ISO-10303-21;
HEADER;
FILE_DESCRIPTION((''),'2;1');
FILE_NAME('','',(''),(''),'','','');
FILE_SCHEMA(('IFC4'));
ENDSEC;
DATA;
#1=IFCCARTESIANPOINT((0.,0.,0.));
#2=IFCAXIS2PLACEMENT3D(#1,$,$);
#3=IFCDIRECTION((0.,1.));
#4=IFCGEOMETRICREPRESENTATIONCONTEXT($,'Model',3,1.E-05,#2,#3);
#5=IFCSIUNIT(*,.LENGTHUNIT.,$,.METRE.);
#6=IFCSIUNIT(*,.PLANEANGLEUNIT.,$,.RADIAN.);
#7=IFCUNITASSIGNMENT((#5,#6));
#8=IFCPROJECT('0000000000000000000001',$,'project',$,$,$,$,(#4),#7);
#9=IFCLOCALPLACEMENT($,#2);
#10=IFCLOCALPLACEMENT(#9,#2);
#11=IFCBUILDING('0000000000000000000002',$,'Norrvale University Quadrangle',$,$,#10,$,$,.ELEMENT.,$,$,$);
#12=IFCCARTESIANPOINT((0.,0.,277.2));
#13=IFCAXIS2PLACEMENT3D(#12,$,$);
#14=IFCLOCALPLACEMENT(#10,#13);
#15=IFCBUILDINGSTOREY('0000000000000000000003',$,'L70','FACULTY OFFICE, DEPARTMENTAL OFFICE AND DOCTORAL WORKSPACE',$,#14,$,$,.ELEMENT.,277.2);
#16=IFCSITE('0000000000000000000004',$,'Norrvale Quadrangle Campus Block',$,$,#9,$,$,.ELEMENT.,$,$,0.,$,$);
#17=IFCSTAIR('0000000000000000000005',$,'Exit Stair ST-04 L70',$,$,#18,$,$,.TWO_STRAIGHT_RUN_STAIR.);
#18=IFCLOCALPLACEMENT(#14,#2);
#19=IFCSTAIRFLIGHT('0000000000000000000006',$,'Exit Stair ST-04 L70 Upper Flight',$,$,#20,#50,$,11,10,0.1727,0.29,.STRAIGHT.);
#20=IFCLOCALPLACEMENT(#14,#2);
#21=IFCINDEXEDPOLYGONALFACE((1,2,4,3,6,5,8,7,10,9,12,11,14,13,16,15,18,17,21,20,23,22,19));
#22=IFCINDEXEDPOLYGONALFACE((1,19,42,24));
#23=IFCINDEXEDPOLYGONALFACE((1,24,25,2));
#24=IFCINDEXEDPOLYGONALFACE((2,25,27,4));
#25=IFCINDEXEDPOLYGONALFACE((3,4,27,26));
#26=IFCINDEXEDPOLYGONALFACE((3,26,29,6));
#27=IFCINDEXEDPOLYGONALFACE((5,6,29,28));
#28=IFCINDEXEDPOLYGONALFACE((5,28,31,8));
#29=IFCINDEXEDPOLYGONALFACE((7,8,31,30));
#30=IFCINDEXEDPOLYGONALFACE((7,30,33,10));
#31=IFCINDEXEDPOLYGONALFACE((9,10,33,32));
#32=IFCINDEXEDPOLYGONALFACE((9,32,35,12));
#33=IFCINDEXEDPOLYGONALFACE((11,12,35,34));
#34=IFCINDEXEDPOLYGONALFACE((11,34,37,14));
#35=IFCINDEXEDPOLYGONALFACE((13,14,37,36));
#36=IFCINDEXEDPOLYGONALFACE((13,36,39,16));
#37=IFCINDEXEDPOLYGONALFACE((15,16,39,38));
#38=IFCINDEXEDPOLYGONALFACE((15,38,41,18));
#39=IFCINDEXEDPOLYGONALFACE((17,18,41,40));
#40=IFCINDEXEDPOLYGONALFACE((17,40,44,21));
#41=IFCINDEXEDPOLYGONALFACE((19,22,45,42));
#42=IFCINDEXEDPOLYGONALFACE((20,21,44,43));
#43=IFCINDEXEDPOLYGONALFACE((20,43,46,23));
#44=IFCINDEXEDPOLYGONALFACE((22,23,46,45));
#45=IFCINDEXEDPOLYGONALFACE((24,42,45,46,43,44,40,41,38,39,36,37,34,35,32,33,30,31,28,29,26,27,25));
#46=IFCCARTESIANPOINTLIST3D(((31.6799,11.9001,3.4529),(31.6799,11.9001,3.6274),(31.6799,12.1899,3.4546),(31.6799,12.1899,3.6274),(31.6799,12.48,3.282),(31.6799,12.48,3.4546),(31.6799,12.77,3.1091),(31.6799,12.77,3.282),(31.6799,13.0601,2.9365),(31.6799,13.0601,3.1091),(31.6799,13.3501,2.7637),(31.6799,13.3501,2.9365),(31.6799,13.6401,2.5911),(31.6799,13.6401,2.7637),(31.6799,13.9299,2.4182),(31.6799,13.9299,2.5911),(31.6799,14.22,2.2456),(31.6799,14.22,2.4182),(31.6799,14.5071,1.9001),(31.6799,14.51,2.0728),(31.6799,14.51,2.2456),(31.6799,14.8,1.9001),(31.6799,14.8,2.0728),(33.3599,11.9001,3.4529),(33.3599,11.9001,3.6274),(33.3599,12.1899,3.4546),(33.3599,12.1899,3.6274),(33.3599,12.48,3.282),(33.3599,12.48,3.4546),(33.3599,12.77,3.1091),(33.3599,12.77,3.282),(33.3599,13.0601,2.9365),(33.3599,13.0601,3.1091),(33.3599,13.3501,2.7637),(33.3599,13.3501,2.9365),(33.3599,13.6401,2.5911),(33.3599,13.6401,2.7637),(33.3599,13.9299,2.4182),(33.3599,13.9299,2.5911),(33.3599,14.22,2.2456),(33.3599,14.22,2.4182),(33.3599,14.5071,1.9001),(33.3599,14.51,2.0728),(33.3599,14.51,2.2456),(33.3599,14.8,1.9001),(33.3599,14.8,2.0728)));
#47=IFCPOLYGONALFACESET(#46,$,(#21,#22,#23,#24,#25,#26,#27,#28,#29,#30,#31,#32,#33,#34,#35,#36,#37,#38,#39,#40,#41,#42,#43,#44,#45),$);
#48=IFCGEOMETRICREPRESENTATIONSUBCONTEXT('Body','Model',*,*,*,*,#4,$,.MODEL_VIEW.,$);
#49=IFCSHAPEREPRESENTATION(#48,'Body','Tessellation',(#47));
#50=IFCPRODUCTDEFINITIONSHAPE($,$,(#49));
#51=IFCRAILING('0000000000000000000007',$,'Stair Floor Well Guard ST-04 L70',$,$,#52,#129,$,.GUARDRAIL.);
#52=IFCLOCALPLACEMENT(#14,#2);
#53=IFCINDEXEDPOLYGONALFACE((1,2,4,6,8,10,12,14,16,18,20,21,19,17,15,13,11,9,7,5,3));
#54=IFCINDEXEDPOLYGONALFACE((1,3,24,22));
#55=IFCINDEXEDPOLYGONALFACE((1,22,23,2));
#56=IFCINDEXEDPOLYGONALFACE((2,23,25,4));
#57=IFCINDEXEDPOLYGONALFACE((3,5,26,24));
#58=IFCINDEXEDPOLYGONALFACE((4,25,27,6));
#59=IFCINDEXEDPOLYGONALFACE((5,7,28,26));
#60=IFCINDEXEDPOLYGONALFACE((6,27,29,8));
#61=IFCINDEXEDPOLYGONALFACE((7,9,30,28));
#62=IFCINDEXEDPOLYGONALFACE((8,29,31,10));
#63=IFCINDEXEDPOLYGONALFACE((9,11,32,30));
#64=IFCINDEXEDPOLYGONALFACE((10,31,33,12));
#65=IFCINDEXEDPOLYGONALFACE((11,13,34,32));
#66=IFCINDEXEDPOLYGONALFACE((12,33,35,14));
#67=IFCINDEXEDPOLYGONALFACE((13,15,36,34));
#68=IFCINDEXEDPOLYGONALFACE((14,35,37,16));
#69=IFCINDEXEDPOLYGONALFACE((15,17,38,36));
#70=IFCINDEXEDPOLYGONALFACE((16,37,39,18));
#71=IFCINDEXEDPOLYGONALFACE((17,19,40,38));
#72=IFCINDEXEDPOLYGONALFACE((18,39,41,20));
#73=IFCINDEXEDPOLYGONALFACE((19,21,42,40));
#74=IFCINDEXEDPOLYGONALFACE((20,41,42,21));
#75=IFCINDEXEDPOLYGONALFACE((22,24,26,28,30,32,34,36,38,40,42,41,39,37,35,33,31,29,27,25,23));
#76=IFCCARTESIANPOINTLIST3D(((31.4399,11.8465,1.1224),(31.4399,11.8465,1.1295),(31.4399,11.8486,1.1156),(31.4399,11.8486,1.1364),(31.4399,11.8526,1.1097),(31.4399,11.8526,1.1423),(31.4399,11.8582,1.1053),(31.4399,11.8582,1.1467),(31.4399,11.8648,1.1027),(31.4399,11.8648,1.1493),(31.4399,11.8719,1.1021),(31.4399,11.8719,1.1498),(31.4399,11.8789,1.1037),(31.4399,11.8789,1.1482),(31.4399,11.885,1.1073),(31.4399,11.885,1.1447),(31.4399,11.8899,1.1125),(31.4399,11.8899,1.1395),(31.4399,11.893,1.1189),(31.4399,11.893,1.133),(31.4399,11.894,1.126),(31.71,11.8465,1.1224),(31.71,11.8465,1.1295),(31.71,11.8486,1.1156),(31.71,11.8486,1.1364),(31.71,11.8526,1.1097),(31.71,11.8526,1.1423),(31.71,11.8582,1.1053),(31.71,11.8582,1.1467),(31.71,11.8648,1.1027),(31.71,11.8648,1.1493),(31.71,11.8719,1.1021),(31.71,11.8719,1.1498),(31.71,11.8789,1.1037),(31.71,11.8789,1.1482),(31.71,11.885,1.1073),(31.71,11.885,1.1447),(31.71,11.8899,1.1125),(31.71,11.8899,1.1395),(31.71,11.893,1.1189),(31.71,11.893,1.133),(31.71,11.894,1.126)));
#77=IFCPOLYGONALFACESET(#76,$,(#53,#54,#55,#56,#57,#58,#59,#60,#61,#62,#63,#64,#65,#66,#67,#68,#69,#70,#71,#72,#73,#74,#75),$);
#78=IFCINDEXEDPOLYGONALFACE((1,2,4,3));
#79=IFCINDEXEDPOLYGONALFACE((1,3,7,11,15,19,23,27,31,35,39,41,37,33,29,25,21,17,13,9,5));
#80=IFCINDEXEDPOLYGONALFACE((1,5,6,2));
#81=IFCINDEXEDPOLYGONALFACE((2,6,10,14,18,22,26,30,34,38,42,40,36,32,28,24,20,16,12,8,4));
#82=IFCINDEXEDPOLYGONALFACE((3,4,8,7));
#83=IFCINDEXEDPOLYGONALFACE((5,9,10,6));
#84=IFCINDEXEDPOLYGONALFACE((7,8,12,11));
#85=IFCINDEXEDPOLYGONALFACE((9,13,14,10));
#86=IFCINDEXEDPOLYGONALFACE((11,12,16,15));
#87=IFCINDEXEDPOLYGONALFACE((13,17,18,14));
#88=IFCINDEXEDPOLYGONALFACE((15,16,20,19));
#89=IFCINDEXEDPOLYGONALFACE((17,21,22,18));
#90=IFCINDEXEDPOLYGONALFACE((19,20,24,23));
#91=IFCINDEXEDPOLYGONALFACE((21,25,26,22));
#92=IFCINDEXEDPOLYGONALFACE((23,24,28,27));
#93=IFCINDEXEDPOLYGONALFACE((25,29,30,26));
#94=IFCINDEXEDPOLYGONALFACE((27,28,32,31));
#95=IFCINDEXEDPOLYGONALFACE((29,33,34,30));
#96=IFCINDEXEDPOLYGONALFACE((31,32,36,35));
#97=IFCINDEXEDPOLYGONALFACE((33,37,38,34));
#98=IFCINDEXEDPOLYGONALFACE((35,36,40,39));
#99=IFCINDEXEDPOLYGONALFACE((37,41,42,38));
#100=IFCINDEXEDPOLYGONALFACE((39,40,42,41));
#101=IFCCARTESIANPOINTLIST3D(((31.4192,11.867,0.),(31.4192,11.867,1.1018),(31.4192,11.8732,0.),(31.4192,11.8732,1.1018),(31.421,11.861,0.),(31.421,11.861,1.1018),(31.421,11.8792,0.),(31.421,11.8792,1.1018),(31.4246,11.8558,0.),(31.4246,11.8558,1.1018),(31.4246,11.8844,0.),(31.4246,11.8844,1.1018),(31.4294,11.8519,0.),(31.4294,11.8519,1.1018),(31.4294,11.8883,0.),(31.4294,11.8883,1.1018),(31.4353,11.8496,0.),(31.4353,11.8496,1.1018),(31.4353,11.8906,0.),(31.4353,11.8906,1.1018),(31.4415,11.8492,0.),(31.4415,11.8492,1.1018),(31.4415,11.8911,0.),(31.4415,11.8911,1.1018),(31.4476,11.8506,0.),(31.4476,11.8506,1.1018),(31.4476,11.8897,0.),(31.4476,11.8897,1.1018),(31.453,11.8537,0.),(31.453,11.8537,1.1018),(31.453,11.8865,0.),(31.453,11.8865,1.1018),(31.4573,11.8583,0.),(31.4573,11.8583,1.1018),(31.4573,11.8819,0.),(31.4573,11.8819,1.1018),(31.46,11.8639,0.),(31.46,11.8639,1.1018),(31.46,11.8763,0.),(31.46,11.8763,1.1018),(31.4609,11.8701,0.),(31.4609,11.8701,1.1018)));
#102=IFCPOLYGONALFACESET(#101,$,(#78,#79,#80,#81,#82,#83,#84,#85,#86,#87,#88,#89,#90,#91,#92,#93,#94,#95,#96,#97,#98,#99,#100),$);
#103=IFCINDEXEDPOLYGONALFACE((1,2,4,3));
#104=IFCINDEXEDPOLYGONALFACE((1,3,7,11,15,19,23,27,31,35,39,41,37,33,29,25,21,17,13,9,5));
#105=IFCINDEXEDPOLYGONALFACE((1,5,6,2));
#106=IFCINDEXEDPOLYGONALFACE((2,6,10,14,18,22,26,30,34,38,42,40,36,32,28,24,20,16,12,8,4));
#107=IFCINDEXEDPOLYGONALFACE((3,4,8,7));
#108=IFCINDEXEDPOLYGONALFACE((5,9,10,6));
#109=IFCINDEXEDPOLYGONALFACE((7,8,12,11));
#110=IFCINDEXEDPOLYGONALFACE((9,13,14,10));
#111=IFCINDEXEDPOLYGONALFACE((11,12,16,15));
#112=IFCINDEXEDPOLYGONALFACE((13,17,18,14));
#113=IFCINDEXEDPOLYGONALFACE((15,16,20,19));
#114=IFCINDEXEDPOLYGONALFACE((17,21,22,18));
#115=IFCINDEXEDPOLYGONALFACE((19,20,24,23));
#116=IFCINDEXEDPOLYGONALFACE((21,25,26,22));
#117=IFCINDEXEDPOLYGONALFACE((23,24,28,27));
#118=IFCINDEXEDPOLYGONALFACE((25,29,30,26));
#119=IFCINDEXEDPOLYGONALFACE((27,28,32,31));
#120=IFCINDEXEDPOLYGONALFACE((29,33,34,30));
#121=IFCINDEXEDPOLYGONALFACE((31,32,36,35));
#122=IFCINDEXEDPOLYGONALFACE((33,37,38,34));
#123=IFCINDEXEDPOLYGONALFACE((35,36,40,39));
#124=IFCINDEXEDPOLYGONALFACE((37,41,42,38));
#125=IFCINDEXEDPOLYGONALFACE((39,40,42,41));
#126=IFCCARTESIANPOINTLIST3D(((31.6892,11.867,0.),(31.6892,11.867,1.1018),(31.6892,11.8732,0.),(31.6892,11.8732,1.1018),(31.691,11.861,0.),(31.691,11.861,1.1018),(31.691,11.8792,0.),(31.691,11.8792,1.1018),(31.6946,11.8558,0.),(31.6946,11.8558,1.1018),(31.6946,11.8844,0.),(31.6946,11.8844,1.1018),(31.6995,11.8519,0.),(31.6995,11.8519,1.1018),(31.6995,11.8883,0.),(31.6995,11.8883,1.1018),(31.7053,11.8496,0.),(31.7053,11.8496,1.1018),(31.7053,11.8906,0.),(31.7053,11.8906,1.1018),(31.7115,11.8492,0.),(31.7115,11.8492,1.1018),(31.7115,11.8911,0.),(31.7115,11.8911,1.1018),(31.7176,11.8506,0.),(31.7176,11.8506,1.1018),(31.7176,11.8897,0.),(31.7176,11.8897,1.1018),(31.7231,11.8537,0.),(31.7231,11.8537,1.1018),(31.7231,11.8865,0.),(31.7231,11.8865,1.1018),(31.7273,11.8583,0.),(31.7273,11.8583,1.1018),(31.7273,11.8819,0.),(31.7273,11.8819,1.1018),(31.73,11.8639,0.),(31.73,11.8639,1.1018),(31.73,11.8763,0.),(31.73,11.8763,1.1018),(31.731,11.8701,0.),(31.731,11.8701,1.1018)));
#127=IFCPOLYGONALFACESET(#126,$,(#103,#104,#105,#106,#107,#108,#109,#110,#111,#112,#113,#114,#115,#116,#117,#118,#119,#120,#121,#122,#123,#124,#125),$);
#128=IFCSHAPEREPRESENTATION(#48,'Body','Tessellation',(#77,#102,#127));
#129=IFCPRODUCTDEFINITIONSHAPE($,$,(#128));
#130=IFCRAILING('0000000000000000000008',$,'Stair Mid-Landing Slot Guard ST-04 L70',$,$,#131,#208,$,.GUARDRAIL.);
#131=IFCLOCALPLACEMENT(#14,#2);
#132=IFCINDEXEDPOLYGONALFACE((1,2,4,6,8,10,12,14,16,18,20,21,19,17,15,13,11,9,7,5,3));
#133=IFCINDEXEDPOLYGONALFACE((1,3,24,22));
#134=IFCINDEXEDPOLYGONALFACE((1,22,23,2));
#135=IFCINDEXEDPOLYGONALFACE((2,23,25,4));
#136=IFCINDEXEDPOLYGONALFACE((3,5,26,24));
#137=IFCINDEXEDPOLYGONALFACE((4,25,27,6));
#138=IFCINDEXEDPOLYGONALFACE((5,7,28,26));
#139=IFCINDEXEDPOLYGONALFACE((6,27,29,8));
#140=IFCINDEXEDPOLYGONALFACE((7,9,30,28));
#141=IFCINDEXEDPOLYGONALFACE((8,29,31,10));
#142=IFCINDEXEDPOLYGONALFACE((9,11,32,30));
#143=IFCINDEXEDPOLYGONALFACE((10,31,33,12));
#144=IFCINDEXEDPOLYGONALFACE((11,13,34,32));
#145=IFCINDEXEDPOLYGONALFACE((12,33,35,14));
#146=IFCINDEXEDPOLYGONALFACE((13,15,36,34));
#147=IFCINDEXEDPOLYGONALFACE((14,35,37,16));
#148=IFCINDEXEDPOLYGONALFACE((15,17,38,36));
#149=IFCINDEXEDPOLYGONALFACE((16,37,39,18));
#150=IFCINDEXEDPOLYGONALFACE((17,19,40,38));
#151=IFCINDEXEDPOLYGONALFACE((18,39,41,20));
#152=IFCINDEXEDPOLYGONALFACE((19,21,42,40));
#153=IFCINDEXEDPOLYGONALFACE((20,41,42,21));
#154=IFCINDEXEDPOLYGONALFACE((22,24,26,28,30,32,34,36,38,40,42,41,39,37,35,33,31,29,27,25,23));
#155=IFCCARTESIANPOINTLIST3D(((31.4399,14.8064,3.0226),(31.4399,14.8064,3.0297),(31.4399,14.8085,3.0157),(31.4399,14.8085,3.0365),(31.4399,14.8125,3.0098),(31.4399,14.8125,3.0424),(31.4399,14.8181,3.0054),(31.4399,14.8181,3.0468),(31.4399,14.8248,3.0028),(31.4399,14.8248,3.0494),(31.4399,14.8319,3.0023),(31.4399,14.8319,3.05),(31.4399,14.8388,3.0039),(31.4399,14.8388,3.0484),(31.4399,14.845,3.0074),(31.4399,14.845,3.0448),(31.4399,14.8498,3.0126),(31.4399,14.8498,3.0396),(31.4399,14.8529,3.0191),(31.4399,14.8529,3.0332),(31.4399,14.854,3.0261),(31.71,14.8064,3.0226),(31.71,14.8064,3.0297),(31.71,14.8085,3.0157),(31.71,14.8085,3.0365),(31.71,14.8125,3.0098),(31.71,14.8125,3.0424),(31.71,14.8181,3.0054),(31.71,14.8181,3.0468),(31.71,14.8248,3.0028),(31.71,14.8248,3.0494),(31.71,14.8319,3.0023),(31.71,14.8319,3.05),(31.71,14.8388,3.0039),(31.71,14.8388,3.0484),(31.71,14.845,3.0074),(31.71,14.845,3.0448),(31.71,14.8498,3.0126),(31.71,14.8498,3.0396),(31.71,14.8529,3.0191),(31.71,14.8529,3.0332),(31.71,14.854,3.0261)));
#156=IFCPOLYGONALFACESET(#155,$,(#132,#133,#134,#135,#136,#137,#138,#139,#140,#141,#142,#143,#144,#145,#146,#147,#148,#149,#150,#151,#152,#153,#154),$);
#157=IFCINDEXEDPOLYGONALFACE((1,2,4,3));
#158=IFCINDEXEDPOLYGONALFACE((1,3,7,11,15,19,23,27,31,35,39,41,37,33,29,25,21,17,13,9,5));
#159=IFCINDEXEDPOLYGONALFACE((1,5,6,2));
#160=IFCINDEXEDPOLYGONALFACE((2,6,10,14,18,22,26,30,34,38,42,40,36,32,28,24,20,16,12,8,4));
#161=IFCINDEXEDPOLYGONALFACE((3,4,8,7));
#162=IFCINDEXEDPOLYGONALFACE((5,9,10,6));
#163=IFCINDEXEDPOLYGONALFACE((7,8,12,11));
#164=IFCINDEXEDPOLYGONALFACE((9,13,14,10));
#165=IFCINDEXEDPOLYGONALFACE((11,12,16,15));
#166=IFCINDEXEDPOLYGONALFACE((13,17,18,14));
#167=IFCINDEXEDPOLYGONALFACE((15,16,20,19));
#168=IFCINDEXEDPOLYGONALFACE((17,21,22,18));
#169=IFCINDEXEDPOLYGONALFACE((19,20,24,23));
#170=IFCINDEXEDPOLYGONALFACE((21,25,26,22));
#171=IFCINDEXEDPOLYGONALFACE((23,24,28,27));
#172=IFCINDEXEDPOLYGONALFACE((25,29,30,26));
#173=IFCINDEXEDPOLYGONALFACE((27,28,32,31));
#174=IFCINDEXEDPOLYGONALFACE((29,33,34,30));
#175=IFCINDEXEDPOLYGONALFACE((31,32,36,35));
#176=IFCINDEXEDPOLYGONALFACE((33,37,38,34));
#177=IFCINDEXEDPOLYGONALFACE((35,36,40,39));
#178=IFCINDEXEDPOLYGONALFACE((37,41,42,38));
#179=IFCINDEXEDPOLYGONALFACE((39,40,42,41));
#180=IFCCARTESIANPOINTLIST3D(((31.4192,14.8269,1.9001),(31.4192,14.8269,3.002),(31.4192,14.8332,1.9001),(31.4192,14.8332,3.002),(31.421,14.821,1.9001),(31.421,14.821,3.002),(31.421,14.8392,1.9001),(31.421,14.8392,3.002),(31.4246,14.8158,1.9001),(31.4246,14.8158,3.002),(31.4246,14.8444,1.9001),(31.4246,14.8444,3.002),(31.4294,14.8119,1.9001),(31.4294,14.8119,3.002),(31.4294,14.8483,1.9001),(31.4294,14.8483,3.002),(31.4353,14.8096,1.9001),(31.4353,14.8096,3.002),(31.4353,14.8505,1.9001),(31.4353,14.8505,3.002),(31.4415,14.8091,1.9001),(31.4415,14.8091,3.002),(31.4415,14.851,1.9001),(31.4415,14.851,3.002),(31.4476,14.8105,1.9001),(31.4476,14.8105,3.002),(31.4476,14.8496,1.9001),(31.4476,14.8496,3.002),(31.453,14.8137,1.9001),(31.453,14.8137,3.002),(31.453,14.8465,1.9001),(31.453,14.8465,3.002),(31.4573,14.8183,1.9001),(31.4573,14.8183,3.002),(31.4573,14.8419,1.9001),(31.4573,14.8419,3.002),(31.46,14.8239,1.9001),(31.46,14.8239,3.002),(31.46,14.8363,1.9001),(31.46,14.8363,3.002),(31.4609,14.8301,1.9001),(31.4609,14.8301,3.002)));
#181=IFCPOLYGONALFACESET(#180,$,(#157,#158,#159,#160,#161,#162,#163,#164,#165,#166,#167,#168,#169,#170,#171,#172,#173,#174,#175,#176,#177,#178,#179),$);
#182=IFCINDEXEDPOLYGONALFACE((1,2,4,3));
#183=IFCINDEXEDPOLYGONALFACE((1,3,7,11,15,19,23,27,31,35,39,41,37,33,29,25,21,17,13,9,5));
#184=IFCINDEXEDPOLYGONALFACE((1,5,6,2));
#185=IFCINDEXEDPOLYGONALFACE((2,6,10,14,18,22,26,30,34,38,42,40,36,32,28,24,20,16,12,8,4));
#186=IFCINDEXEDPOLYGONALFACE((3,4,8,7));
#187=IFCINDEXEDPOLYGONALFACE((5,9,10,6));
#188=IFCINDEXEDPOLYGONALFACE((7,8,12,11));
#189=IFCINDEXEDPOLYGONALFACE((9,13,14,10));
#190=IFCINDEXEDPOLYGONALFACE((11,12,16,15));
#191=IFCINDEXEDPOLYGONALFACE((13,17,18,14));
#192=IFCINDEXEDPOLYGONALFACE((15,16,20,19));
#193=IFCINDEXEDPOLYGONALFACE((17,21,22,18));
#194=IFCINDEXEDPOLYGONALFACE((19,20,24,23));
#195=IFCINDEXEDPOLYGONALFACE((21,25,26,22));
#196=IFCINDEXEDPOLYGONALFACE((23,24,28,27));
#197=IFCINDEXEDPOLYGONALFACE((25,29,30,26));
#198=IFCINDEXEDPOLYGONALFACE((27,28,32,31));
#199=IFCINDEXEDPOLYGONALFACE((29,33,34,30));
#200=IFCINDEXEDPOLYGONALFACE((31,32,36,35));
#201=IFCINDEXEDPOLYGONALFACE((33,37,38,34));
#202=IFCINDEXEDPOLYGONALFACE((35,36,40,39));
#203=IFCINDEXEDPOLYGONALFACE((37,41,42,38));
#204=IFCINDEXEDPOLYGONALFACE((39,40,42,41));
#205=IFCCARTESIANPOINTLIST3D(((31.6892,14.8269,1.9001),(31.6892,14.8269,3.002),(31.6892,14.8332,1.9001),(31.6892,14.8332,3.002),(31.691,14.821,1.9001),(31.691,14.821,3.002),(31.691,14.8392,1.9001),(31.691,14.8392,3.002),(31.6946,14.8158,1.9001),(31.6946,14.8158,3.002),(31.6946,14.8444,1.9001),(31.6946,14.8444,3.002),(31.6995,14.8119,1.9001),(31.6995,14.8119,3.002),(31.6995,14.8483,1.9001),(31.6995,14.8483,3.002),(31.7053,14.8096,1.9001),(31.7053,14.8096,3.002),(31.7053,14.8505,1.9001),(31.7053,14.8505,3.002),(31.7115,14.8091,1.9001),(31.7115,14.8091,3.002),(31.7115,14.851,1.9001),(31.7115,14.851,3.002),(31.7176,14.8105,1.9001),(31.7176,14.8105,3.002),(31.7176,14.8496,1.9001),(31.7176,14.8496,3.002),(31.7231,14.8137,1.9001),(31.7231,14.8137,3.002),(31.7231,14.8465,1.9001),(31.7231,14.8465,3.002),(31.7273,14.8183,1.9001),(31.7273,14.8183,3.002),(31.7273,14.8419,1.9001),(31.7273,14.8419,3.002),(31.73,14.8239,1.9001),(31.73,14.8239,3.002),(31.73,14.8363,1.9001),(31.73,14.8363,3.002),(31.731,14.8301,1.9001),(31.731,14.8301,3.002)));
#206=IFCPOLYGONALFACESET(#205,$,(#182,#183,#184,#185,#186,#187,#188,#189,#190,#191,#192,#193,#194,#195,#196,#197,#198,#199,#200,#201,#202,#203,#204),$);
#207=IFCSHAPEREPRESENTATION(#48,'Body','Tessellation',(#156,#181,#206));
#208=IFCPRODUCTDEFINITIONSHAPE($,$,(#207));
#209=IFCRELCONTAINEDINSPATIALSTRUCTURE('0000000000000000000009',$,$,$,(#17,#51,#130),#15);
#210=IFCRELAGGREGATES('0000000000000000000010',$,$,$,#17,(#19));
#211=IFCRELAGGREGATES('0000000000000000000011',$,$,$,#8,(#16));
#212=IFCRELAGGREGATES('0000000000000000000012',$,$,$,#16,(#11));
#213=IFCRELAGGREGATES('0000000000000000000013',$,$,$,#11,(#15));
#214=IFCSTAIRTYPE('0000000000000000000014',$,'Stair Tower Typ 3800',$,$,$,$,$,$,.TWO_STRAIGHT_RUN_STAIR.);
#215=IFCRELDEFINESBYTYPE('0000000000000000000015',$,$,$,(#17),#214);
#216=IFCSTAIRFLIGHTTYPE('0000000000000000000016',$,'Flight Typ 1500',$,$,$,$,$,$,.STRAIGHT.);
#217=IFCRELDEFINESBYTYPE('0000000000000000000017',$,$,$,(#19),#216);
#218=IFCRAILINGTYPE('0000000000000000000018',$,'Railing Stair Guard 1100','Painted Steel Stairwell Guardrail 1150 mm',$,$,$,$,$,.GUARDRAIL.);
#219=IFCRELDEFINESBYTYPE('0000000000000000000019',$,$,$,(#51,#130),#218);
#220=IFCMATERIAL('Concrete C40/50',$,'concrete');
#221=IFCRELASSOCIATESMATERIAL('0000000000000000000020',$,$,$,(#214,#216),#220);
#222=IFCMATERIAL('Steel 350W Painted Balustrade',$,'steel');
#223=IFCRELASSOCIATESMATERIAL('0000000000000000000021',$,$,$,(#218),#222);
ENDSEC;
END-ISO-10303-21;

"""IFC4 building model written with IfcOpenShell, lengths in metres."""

from ifc_helpers import new_model, si_unit, direction, frame, origin, origin_2d, place, context, subcontext, project, spatial, polyline, circle, outline, extrude, material, type_object, element, aggregate, save


model = new_model("IFC4")

# Units and contexts
model_context = context("Model", 3, precision=1e-05, world=origin(), true_north=direction((0.0, 1.0)))
body_context = subcontext(model_context, "Body", "Model", "MODEL_VIEW")
ifc_project = project(units=[si_unit("LENGTHUNIT", "METRE"), si_unit("PLANEANGLEUNIT", "RADIAN")], contexts=[model_context])

# Site, building, storey
site_placement = place(None, origin())
site = spatial("IfcSite", under=ifc_project, at=site_placement, Name="Norrvale Quadrangle Campus Block", CompositionType="ELEMENT", RefElevation=0.0)
building_placement = place(site_placement, origin())
building = spatial("IfcBuilding", under=site, at=building_placement, Name="Norrvale University Quadrangle", CompositionType="ELEMENT")
storey_placement = place(building_placement, frame((0.0, 0.0, 277.2)))
storey = spatial("IfcBuildingStorey", under=building, at=storey_placement, Name="L70", Description="FACULTY OFFICE, DEPARTMENTAL OFFICE AND DOCTORAL WORKSPACE", CompositionType="ELEMENT", Elevation=277.2)

# Stair, stair flight
ifc_material_1 = material(Name="Concrete C40/50", Category="concrete")
stair_type = type_object("IfcStairType", Name="Stair Tower Typ 3800", PredefinedType="TWO_STRAIGHT_RUN_STAIR", material=ifc_material_1)
stair_placement = place(storey_placement, origin())
stair = element("IfcStair", 1, at=stair_placement, inside=storey, type_object=stair_type, Name="Exit Stair ST-04 L70", PredefinedType="TWO_STRAIGHT_RUN_STAIR")
stair_flight_type = type_object("IfcStairFlightType", Name="Flight Typ 1500", PredefinedType="STRAIGHT", material=ifc_material_1)
stair_flight_1_placement = place(storey_placement, frame((32.52, 14.8, 1.9001), z_axis=(0.0, 0.0, 1.0), x_axis=(0.0, -1.0, 0.0)))
stair_flight_1 = element("IfcStairFlight", 2, at=stair_flight_1_placement, type_object=stair_flight_type, Name="Exit Stair ST-04 L70 Upper Flight", NumberOfRisers=11, NumberOfTreads=10, PredefinedType="STRAIGHT", RiserHeight=0.1727, TreadLength=0.29, context=body_context, shape_type="SweptSolid", body=[
    extrude(outline(polyline([(0.0, 0.0), (0.0, 0.1726), (0.29, 0.1726), (0.29, 0.3455), (0.5801, 0.3455), (0.5801, 0.5181), (0.8701, 0.5181), (0.8701, 0.6909), (1.1599, 0.6909), (1.1599, 0.8635), (1.45, 0.8635), (1.45, 1.0364), (1.74, 1.0364), (1.74, 1.209), (2.03, 1.209), (2.03, 1.3818), (2.3201, 1.3818), (2.3201, 1.5544), (2.6101, 1.5544), (2.6101, 1.7273), (2.8999, 1.7273), (2.8999, 1.8999), (2.8999, 1.5527), (0.293, 0.0), (0.0, 0.0)])), frame((0.0, 0.8398, 0.0), z_axis=(0.0, -1.0, 0.0), x_axis=(1.0, 0.0, 0.0)), (0.0, 0.0, 1.0), 1.6799),
])
aggregate(stair, [stair_flight_1])

# Railings
ifc_material_2 = material(Name="Steel 350W Painted Balustrade", Category="steel")
railing_type_1 = type_object("IfcRailingType", Name="Railing Stair Guard 1100", Description="Painted Steel Stairwell Guardrail 1150 mm", PredefinedType="GUARDRAIL", material=ifc_material_2)
for number, where, name in (
    (3, (31.4399, 11.8701, 0.0), "Stair Floor Well Guard ST-04 L70"),
    (4, (31.4399, 14.8301, 1.9001), "Stair Mid-Landing Slot Guard ST-04 L70"),
):
    element("IfcRailing", number, at=place(storey_placement, frame(where)), inside=storey, type_object=railing_type_1, Name=name, PredefinedType="GUARDRAIL", context=body_context, shape_type="SweptSolid", body=[
        extrude(circle(Radius=0.0239, at=origin_2d()), frame((0.0, 0.0, 1.126), z_axis=(1.0, 0.0, 0.0), x_axis=(0.0, 1.0, 0.0)), (0.0, 0.0, 1.0), 0.27),
        extrude(circle(Radius=0.021, at=origin_2d()), origin(), (0.0, 0.0, 1.0), 1.1018),
        extrude(circle(Radius=0.021, at=origin_2d()), frame((0.27, 0.0, 0.0)), (0.0, 0.0, 1.0), 1.1018),
    ])

save(model, "model.ifc")
